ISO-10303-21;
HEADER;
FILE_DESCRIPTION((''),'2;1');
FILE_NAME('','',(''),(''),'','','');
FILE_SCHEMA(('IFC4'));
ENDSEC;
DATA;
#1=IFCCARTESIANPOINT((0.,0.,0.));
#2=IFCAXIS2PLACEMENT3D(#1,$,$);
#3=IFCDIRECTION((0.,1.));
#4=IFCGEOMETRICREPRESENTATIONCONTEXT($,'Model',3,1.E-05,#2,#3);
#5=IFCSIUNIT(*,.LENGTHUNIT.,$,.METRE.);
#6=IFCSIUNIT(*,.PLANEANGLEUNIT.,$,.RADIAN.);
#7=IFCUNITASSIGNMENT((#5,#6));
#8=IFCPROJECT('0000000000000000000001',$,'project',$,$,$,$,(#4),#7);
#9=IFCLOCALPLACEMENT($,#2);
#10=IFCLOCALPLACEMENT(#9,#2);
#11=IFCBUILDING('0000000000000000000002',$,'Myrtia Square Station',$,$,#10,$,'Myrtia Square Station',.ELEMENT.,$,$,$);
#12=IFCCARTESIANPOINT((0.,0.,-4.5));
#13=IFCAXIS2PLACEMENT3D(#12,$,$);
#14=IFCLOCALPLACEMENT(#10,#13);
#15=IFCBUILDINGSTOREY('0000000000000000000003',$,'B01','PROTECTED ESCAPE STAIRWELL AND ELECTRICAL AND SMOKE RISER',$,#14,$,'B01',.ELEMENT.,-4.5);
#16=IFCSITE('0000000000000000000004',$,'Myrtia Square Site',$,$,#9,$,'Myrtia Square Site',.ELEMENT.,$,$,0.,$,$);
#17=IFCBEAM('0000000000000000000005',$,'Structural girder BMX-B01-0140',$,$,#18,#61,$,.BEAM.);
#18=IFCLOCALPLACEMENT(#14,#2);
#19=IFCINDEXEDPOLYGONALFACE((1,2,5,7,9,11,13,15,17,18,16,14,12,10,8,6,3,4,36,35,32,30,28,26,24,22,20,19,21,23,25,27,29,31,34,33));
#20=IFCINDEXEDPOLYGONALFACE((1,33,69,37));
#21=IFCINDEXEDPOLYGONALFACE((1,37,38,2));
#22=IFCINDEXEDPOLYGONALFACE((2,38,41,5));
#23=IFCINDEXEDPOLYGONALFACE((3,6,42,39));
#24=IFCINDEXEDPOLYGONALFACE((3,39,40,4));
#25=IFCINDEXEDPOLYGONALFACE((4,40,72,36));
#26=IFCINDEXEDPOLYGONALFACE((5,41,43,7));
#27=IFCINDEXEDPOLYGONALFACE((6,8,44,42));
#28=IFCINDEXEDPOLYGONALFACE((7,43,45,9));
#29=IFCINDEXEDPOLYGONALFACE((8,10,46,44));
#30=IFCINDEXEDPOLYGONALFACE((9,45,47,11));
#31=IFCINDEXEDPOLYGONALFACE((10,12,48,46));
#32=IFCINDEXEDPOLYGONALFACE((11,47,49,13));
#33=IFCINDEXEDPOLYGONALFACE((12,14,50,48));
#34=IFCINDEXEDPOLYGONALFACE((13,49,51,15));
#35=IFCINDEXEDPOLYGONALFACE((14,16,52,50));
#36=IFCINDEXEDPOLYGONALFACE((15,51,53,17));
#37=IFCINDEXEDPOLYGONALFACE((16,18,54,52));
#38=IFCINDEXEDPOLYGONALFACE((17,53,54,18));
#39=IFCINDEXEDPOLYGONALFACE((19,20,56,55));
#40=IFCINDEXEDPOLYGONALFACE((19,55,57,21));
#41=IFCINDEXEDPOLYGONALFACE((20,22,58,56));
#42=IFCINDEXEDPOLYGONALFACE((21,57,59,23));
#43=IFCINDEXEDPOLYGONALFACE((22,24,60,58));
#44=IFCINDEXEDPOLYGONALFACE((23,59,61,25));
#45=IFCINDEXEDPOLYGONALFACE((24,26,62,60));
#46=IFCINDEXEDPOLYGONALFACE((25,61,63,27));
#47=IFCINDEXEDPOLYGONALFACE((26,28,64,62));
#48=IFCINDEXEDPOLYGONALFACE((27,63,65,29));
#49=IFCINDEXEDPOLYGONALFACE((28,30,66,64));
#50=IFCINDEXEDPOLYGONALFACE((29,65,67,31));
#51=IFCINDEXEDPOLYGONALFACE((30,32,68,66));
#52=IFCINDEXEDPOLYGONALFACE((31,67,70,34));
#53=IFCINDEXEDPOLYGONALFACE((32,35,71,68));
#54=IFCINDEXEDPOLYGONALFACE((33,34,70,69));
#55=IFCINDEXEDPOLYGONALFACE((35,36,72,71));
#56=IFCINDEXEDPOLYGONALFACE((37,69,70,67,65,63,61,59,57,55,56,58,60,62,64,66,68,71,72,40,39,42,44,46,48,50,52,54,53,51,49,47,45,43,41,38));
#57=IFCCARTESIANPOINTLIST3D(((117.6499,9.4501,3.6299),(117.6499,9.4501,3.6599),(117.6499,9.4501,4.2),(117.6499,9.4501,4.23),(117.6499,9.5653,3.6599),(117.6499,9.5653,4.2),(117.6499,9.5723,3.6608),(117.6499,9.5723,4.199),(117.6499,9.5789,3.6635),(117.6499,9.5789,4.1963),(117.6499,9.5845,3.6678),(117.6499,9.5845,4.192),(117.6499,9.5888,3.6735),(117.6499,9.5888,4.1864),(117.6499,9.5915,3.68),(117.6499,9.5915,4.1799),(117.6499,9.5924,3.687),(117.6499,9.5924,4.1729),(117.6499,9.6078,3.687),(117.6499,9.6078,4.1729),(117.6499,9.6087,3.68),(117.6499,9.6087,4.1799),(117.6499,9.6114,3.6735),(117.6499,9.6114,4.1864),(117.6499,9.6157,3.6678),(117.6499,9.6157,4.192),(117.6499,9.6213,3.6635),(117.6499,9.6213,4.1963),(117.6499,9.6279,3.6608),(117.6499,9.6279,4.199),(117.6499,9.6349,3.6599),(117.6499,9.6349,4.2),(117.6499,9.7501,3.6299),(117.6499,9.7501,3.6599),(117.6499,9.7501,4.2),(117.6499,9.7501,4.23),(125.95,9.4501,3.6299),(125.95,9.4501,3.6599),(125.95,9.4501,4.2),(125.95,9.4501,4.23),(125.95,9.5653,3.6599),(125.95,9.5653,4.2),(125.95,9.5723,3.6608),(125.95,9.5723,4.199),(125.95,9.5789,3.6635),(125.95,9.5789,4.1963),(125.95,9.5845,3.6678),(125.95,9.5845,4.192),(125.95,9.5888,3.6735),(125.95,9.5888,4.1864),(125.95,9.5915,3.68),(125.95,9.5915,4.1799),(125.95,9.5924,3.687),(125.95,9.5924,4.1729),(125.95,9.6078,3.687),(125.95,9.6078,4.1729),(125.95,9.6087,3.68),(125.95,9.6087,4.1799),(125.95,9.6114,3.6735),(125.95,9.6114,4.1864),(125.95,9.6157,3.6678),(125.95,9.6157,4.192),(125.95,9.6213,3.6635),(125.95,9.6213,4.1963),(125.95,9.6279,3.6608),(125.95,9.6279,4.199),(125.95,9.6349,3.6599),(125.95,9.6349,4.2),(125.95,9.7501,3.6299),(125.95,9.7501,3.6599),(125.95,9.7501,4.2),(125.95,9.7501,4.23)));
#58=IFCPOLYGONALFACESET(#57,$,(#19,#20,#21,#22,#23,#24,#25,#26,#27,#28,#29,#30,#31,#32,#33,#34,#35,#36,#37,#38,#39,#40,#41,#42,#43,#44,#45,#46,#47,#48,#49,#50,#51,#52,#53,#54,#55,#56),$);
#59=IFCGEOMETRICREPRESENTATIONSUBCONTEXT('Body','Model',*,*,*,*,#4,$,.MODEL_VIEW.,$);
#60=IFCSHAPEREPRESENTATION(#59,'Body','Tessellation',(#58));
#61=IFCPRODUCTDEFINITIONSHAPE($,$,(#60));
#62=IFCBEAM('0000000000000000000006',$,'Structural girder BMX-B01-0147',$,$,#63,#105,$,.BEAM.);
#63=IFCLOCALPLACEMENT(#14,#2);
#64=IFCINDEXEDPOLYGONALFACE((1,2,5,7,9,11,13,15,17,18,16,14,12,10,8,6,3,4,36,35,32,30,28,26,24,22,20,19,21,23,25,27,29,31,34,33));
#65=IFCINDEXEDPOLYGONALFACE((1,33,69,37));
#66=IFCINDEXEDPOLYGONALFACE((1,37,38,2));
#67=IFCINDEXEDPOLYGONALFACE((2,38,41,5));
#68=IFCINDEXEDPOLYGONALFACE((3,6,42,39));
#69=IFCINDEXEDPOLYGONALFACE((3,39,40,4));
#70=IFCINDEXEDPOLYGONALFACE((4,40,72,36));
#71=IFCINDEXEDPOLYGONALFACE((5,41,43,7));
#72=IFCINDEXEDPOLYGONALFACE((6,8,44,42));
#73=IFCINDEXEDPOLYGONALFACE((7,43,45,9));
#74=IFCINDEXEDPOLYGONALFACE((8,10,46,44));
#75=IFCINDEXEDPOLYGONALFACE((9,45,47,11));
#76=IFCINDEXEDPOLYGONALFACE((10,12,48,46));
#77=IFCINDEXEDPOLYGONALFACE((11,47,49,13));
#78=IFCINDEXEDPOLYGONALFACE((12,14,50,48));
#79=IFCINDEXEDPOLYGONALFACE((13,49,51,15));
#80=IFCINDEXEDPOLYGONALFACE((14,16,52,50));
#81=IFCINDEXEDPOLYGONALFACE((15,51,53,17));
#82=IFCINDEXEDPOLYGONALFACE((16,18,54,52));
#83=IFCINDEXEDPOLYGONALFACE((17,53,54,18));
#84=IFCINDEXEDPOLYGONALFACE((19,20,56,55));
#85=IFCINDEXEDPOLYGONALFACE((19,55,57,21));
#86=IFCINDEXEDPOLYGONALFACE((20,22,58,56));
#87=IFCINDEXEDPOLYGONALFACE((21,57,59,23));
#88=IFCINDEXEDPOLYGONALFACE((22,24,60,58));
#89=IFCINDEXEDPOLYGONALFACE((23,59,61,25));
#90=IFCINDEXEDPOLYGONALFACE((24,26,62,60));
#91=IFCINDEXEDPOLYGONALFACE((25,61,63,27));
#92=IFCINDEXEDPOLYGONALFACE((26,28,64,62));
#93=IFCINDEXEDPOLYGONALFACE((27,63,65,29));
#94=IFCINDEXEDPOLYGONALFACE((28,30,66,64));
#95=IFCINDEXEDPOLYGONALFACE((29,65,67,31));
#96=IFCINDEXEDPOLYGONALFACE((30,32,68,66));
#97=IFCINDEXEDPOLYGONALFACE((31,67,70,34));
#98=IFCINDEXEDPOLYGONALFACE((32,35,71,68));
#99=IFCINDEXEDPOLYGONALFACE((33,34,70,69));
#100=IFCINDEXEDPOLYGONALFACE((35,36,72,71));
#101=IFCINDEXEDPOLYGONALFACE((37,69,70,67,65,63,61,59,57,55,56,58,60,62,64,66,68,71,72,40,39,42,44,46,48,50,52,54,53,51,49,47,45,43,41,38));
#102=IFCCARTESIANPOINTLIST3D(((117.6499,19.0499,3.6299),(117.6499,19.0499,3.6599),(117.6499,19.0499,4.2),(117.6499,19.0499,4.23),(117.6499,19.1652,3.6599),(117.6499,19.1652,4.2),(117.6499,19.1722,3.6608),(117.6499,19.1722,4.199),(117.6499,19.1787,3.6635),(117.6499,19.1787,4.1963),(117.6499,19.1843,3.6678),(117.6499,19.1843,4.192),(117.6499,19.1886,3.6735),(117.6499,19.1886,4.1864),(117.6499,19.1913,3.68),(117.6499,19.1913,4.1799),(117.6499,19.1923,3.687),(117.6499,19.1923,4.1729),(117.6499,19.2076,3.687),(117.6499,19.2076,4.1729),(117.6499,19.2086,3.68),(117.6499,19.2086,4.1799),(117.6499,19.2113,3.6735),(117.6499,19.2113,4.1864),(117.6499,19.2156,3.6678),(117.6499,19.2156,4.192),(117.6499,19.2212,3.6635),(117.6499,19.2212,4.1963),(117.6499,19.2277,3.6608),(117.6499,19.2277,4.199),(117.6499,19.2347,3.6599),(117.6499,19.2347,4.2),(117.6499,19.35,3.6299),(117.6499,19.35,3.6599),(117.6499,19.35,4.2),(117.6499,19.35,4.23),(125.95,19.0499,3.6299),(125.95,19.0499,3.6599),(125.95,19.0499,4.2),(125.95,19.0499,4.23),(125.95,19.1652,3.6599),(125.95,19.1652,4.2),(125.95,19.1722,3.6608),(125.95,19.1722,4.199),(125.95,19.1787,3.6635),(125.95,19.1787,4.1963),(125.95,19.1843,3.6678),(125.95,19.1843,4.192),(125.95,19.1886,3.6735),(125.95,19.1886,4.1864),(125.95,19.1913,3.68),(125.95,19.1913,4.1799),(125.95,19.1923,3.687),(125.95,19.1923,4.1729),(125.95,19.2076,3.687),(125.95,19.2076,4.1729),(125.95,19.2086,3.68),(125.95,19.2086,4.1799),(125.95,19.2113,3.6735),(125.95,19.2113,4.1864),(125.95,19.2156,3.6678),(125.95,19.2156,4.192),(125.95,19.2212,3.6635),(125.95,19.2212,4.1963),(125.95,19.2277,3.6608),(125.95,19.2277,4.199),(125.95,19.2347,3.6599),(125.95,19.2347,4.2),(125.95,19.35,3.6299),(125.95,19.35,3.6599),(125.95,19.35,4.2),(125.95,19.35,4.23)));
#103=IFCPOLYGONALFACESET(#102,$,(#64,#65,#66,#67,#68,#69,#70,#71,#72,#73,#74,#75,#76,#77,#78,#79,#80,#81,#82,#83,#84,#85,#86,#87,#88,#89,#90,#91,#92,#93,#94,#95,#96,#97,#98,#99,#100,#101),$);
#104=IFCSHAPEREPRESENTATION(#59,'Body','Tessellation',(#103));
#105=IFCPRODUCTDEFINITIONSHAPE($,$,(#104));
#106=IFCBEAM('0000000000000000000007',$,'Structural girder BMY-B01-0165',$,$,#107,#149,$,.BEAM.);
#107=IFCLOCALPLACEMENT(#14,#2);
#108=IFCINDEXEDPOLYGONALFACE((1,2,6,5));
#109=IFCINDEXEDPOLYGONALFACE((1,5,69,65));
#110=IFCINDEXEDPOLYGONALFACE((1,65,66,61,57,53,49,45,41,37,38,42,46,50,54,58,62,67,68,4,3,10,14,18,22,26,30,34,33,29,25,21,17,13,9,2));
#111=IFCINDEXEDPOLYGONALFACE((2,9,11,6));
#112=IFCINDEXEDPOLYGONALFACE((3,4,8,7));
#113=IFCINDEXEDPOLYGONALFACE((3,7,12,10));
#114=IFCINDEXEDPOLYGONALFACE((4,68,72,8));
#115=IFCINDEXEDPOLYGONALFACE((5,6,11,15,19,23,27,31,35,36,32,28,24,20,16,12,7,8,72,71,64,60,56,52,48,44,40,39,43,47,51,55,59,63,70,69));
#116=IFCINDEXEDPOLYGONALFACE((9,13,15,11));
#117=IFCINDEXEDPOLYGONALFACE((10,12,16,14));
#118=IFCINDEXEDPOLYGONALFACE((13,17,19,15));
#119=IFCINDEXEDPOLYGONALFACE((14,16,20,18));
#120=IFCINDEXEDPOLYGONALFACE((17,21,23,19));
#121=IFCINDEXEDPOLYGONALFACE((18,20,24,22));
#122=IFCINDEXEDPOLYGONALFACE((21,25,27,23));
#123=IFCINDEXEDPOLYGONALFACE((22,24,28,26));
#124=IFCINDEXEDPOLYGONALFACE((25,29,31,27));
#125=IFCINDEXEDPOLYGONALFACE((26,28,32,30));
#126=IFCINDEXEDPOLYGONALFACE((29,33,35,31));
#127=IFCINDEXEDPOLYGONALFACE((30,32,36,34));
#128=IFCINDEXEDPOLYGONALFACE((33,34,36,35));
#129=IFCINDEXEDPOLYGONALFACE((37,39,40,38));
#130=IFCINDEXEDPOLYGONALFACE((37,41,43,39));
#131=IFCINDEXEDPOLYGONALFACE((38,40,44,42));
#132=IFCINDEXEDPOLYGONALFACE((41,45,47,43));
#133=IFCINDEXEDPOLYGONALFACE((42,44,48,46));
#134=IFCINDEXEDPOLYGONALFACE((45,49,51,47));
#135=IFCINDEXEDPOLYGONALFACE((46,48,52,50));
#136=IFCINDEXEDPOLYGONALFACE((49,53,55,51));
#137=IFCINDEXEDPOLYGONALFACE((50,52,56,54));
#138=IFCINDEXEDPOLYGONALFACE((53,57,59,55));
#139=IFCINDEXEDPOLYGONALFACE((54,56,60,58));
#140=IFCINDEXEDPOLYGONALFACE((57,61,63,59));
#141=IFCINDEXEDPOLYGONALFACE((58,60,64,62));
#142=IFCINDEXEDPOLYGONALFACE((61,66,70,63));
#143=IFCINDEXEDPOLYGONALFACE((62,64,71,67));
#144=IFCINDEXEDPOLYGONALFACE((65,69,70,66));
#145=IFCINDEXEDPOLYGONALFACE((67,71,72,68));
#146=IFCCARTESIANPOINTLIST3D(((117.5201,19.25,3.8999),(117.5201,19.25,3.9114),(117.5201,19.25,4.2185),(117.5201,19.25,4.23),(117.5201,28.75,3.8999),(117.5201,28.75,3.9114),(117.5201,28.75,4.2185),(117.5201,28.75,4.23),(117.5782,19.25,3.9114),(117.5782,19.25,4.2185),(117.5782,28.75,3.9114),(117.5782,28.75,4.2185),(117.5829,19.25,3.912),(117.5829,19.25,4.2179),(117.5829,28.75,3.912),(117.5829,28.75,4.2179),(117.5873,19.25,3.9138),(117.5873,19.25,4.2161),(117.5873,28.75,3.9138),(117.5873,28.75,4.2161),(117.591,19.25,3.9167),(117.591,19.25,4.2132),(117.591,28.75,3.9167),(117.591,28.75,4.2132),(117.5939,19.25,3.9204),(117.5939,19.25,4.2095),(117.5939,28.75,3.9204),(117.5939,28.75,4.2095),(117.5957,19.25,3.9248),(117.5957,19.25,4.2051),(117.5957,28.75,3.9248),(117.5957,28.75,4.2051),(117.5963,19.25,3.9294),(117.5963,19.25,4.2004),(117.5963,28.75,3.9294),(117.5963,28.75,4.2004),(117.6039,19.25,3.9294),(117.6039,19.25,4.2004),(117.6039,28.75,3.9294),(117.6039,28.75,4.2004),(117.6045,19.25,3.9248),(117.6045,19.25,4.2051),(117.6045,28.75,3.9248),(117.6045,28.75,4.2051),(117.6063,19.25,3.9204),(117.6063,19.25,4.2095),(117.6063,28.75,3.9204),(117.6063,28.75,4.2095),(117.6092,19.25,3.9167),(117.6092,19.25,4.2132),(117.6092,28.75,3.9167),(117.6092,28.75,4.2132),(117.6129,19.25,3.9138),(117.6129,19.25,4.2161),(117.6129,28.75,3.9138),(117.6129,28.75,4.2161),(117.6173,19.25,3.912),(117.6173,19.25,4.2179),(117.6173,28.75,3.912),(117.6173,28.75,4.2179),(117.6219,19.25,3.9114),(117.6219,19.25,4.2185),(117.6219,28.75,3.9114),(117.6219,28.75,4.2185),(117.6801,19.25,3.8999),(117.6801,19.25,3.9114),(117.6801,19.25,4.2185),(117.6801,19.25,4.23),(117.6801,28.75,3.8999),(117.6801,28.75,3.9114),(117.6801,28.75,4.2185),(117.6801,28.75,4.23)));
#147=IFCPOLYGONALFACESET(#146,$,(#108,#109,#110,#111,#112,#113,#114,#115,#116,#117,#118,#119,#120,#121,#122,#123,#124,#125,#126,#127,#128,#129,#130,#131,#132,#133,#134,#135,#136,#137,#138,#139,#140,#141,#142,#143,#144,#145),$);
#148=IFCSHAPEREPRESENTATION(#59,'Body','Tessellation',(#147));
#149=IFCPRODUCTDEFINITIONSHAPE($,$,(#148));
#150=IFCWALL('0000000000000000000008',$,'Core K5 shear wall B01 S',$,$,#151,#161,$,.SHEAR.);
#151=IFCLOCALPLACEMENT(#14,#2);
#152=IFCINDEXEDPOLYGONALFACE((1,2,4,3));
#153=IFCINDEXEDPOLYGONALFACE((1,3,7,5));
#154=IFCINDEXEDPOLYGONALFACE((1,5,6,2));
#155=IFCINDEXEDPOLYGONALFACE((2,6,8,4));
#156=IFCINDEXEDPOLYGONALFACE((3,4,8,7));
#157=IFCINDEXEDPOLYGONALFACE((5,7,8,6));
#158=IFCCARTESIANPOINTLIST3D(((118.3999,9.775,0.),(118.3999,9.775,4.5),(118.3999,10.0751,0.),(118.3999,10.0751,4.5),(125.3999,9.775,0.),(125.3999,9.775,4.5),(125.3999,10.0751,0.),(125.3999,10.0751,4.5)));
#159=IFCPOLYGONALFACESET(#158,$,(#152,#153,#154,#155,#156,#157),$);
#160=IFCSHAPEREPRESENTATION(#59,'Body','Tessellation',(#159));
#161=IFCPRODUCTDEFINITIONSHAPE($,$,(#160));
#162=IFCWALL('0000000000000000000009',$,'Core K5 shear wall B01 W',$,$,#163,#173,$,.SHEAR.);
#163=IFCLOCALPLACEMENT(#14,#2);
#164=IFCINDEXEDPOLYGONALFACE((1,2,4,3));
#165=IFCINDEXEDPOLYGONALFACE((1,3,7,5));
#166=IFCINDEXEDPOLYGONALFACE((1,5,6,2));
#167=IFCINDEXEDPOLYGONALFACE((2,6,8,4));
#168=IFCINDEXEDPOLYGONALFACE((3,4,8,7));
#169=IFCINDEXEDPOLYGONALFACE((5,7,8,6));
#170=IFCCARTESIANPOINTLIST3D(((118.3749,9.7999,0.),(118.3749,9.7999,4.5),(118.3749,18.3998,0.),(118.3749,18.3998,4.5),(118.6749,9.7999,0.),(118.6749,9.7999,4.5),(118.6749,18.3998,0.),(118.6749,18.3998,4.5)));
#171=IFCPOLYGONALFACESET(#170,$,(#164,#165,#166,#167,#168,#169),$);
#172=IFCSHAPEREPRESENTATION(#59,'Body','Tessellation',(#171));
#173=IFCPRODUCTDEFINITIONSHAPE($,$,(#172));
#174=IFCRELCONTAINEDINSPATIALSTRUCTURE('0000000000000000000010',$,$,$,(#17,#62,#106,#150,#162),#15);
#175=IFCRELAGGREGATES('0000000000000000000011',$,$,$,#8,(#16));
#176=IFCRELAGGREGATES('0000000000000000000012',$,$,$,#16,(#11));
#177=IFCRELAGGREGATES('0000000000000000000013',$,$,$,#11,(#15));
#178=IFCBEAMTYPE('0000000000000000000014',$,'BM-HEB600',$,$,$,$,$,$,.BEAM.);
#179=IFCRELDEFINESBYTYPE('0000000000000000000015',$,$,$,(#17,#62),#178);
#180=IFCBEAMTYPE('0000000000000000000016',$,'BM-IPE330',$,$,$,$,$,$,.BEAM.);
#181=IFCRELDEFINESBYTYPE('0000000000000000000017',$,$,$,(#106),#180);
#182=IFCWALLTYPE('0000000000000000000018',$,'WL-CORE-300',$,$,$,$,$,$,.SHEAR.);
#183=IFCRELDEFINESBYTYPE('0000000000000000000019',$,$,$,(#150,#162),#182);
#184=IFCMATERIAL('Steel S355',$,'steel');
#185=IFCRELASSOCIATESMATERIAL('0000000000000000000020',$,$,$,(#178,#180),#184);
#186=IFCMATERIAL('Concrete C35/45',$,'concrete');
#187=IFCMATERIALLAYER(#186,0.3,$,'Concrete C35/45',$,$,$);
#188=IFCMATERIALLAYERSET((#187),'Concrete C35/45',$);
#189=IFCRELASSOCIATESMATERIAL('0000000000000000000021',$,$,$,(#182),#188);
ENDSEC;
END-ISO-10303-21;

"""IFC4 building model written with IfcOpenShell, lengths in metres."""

from ifc_helpers import new_model, si_unit, direction, frame, frame_2d, origin, origin_2d, place, context, subcontext, project, spatial, rectangle, i_section, extrude, material, layer, layer_set, material_profile, profile_set, type_object, element, save


model = new_model("IFC4")

# Units and contexts
model_context = context("Model", 3, precision=1e-05, world=origin(), true_north=direction((0.0, 1.0)))
body_context = subcontext(model_context, "Body", "Model", "MODEL_VIEW")
ifc_project = project(units=[si_unit("LENGTHUNIT", "METRE"), si_unit("PLANEANGLEUNIT", "RADIAN")], contexts=[model_context])

# Site, building, storey
site_placement = place(None, origin())
site = spatial("IfcSite", under=ifc_project, at=site_placement, Name="Myrtia Square Site", LongName="Myrtia Square Site", CompositionType="ELEMENT", RefElevation=0.0)
building_placement = place(site_placement, origin())
building = spatial("IfcBuilding", under=site, at=building_placement, Name="Myrtia Square Station", LongName="Myrtia Square Station", CompositionType="ELEMENT")
storey_placement = place(building_placement, frame((0.0, 0.0, -4.5)))
storey = spatial("IfcBuildingStorey", under=building, at=storey_placement, Name="B01", Description="PROTECTED ESCAPE STAIRWELL AND ELECTRICAL AND SMOKE RISER", LongName="B01", CompositionType="ELEMENT", Elevation=-4.5)

# Beams
ifc_material_1 = material(Name="Steel S355", Category="steel")
ifc_material_profile_1 = material_profile(ifc_material_1, i_section(OverallWidth=0.3, OverallDepth=0.6001, WebThickness=0.0154, FlangeThickness=0.03, FilletRadius=0.0271, at=origin_2d()), Name="HEB 600")
ifc_profile_set_1 = profile_set([ifc_material_profile_1], Name="Steel S355")
beam_type_1 = type_object("IfcBeamType", Name="BM-HEB600", PredefinedType="BEAM", material=ifc_profile_set_1)
for number, where, z_axis, x_axis, name in (
    (1, (117.6499, 9.6001, 3.9299), (1.0, 0.0, 0.0), (0.0, 1.0, 0.0), "Structural girder BMX-B01-0140"),
    (2, (117.6499, 19.2, 3.9299), (1.0, 0.0, 0.0), (0.0, 1.0, 0.0), "Structural girder BMX-B01-0147"),
):
    element("IfcBeam", number, at=place(storey_placement, frame(where, z_axis=z_axis, x_axis=x_axis)), inside=storey, type_object=beam_type_1, Name=name, PredefinedType="BEAM", context=body_context, shape_type="SweptSolid", body=[
        extrude(i_section(OverallWidth=0.3, OverallDepth=0.6001, WebThickness=0.0154, FlangeThickness=0.03, FilletRadius=0.0271, at=origin_2d()), origin(), (0.0, 0.0, 1.0), 8.3),
    ])
ifc_material_profile_2 = material_profile(ifc_material_1, i_section(OverallWidth=0.1599, OverallDepth=0.3301, WebThickness=0.0076, FlangeThickness=0.0115, FilletRadius=0.0181, at=origin_2d()), Name="IPE 330")
ifc_profile_set_2 = profile_set([ifc_material_profile_2], Name="Steel S355")
beam_type_2 = type_object("IfcBeamType", Name="BM-IPE330", PredefinedType="BEAM", material=ifc_profile_set_2)
beam_placement = place(storey_placement, frame((117.6001, 19.25, 4.0649), z_axis=(0.0, 1.0, 0.0), x_axis=(-1.0, 0.0, 0.0)))
element("IfcBeam", 3, at=beam_placement, inside=storey, type_object=beam_type_2, Name="Structural girder BMY-B01-0165", PredefinedType="BEAM", context=body_context, shape_type="SweptSolid", body=[
    extrude(i_section(OverallWidth=0.1599, OverallDepth=0.3301, WebThickness=0.0076, FlangeThickness=0.0115, FilletRadius=0.0181, at=origin_2d()), origin(), (0.0, 0.0, 1.0), 9.5),
])

# Wall
ifc_material_2 = material(Name="Concrete C35/45", Category="concrete")
ifc_layer_1 = layer(ifc_material_2, 0.3, Name="Concrete C35/45")
ifc_layer_set_1 = layer_set([ifc_layer_1], Name="Concrete C35/45")
wall_type_1 = type_object("IfcWallType", Name="WL-CORE-300", PredefinedType="SHEAR", material=ifc_layer_set_1)
wall_1_placement = place(storey_placement, frame((118.3999, 9.925, 0.0), z_axis=(0.0, 0.0, 1.0), x_axis=(1.0, 0.0, 0.0)))
element("IfcWall", 4, at=wall_1_placement, inside=storey, type_object=wall_type_1, Name="Core K5 shear wall B01 S", PredefinedType="SHEAR", context=body_context, shape_type="SweptSolid", body=[
    extrude(rectangle(XDim=7.0, YDim=0.3, at=frame_2d((3.5, 0.0))), origin(), (0.0, 0.0, 1.0), 4.5),
])

# Wall
wall_2_placement = place(storey_placement, frame((118.5249, 9.8, 0.0), z_axis=(0.0, 0.0, 1.0), x_axis=(0.0, 1.0, 0.0)))
element("IfcWall", 5, at=wall_2_placement, inside=storey, type_object=wall_type_1, Name="Core K5 shear wall B01 W", PredefinedType="SHEAR", context=body_context, shape_type="SweptSolid", body=[
    extrude(rectangle(XDim=8.5999, YDim=0.3, at=frame_2d((4.2998, 0.0))), origin(), (0.0, 0.0, 1.0), 4.5),
])

save(model, "model.ifc")
